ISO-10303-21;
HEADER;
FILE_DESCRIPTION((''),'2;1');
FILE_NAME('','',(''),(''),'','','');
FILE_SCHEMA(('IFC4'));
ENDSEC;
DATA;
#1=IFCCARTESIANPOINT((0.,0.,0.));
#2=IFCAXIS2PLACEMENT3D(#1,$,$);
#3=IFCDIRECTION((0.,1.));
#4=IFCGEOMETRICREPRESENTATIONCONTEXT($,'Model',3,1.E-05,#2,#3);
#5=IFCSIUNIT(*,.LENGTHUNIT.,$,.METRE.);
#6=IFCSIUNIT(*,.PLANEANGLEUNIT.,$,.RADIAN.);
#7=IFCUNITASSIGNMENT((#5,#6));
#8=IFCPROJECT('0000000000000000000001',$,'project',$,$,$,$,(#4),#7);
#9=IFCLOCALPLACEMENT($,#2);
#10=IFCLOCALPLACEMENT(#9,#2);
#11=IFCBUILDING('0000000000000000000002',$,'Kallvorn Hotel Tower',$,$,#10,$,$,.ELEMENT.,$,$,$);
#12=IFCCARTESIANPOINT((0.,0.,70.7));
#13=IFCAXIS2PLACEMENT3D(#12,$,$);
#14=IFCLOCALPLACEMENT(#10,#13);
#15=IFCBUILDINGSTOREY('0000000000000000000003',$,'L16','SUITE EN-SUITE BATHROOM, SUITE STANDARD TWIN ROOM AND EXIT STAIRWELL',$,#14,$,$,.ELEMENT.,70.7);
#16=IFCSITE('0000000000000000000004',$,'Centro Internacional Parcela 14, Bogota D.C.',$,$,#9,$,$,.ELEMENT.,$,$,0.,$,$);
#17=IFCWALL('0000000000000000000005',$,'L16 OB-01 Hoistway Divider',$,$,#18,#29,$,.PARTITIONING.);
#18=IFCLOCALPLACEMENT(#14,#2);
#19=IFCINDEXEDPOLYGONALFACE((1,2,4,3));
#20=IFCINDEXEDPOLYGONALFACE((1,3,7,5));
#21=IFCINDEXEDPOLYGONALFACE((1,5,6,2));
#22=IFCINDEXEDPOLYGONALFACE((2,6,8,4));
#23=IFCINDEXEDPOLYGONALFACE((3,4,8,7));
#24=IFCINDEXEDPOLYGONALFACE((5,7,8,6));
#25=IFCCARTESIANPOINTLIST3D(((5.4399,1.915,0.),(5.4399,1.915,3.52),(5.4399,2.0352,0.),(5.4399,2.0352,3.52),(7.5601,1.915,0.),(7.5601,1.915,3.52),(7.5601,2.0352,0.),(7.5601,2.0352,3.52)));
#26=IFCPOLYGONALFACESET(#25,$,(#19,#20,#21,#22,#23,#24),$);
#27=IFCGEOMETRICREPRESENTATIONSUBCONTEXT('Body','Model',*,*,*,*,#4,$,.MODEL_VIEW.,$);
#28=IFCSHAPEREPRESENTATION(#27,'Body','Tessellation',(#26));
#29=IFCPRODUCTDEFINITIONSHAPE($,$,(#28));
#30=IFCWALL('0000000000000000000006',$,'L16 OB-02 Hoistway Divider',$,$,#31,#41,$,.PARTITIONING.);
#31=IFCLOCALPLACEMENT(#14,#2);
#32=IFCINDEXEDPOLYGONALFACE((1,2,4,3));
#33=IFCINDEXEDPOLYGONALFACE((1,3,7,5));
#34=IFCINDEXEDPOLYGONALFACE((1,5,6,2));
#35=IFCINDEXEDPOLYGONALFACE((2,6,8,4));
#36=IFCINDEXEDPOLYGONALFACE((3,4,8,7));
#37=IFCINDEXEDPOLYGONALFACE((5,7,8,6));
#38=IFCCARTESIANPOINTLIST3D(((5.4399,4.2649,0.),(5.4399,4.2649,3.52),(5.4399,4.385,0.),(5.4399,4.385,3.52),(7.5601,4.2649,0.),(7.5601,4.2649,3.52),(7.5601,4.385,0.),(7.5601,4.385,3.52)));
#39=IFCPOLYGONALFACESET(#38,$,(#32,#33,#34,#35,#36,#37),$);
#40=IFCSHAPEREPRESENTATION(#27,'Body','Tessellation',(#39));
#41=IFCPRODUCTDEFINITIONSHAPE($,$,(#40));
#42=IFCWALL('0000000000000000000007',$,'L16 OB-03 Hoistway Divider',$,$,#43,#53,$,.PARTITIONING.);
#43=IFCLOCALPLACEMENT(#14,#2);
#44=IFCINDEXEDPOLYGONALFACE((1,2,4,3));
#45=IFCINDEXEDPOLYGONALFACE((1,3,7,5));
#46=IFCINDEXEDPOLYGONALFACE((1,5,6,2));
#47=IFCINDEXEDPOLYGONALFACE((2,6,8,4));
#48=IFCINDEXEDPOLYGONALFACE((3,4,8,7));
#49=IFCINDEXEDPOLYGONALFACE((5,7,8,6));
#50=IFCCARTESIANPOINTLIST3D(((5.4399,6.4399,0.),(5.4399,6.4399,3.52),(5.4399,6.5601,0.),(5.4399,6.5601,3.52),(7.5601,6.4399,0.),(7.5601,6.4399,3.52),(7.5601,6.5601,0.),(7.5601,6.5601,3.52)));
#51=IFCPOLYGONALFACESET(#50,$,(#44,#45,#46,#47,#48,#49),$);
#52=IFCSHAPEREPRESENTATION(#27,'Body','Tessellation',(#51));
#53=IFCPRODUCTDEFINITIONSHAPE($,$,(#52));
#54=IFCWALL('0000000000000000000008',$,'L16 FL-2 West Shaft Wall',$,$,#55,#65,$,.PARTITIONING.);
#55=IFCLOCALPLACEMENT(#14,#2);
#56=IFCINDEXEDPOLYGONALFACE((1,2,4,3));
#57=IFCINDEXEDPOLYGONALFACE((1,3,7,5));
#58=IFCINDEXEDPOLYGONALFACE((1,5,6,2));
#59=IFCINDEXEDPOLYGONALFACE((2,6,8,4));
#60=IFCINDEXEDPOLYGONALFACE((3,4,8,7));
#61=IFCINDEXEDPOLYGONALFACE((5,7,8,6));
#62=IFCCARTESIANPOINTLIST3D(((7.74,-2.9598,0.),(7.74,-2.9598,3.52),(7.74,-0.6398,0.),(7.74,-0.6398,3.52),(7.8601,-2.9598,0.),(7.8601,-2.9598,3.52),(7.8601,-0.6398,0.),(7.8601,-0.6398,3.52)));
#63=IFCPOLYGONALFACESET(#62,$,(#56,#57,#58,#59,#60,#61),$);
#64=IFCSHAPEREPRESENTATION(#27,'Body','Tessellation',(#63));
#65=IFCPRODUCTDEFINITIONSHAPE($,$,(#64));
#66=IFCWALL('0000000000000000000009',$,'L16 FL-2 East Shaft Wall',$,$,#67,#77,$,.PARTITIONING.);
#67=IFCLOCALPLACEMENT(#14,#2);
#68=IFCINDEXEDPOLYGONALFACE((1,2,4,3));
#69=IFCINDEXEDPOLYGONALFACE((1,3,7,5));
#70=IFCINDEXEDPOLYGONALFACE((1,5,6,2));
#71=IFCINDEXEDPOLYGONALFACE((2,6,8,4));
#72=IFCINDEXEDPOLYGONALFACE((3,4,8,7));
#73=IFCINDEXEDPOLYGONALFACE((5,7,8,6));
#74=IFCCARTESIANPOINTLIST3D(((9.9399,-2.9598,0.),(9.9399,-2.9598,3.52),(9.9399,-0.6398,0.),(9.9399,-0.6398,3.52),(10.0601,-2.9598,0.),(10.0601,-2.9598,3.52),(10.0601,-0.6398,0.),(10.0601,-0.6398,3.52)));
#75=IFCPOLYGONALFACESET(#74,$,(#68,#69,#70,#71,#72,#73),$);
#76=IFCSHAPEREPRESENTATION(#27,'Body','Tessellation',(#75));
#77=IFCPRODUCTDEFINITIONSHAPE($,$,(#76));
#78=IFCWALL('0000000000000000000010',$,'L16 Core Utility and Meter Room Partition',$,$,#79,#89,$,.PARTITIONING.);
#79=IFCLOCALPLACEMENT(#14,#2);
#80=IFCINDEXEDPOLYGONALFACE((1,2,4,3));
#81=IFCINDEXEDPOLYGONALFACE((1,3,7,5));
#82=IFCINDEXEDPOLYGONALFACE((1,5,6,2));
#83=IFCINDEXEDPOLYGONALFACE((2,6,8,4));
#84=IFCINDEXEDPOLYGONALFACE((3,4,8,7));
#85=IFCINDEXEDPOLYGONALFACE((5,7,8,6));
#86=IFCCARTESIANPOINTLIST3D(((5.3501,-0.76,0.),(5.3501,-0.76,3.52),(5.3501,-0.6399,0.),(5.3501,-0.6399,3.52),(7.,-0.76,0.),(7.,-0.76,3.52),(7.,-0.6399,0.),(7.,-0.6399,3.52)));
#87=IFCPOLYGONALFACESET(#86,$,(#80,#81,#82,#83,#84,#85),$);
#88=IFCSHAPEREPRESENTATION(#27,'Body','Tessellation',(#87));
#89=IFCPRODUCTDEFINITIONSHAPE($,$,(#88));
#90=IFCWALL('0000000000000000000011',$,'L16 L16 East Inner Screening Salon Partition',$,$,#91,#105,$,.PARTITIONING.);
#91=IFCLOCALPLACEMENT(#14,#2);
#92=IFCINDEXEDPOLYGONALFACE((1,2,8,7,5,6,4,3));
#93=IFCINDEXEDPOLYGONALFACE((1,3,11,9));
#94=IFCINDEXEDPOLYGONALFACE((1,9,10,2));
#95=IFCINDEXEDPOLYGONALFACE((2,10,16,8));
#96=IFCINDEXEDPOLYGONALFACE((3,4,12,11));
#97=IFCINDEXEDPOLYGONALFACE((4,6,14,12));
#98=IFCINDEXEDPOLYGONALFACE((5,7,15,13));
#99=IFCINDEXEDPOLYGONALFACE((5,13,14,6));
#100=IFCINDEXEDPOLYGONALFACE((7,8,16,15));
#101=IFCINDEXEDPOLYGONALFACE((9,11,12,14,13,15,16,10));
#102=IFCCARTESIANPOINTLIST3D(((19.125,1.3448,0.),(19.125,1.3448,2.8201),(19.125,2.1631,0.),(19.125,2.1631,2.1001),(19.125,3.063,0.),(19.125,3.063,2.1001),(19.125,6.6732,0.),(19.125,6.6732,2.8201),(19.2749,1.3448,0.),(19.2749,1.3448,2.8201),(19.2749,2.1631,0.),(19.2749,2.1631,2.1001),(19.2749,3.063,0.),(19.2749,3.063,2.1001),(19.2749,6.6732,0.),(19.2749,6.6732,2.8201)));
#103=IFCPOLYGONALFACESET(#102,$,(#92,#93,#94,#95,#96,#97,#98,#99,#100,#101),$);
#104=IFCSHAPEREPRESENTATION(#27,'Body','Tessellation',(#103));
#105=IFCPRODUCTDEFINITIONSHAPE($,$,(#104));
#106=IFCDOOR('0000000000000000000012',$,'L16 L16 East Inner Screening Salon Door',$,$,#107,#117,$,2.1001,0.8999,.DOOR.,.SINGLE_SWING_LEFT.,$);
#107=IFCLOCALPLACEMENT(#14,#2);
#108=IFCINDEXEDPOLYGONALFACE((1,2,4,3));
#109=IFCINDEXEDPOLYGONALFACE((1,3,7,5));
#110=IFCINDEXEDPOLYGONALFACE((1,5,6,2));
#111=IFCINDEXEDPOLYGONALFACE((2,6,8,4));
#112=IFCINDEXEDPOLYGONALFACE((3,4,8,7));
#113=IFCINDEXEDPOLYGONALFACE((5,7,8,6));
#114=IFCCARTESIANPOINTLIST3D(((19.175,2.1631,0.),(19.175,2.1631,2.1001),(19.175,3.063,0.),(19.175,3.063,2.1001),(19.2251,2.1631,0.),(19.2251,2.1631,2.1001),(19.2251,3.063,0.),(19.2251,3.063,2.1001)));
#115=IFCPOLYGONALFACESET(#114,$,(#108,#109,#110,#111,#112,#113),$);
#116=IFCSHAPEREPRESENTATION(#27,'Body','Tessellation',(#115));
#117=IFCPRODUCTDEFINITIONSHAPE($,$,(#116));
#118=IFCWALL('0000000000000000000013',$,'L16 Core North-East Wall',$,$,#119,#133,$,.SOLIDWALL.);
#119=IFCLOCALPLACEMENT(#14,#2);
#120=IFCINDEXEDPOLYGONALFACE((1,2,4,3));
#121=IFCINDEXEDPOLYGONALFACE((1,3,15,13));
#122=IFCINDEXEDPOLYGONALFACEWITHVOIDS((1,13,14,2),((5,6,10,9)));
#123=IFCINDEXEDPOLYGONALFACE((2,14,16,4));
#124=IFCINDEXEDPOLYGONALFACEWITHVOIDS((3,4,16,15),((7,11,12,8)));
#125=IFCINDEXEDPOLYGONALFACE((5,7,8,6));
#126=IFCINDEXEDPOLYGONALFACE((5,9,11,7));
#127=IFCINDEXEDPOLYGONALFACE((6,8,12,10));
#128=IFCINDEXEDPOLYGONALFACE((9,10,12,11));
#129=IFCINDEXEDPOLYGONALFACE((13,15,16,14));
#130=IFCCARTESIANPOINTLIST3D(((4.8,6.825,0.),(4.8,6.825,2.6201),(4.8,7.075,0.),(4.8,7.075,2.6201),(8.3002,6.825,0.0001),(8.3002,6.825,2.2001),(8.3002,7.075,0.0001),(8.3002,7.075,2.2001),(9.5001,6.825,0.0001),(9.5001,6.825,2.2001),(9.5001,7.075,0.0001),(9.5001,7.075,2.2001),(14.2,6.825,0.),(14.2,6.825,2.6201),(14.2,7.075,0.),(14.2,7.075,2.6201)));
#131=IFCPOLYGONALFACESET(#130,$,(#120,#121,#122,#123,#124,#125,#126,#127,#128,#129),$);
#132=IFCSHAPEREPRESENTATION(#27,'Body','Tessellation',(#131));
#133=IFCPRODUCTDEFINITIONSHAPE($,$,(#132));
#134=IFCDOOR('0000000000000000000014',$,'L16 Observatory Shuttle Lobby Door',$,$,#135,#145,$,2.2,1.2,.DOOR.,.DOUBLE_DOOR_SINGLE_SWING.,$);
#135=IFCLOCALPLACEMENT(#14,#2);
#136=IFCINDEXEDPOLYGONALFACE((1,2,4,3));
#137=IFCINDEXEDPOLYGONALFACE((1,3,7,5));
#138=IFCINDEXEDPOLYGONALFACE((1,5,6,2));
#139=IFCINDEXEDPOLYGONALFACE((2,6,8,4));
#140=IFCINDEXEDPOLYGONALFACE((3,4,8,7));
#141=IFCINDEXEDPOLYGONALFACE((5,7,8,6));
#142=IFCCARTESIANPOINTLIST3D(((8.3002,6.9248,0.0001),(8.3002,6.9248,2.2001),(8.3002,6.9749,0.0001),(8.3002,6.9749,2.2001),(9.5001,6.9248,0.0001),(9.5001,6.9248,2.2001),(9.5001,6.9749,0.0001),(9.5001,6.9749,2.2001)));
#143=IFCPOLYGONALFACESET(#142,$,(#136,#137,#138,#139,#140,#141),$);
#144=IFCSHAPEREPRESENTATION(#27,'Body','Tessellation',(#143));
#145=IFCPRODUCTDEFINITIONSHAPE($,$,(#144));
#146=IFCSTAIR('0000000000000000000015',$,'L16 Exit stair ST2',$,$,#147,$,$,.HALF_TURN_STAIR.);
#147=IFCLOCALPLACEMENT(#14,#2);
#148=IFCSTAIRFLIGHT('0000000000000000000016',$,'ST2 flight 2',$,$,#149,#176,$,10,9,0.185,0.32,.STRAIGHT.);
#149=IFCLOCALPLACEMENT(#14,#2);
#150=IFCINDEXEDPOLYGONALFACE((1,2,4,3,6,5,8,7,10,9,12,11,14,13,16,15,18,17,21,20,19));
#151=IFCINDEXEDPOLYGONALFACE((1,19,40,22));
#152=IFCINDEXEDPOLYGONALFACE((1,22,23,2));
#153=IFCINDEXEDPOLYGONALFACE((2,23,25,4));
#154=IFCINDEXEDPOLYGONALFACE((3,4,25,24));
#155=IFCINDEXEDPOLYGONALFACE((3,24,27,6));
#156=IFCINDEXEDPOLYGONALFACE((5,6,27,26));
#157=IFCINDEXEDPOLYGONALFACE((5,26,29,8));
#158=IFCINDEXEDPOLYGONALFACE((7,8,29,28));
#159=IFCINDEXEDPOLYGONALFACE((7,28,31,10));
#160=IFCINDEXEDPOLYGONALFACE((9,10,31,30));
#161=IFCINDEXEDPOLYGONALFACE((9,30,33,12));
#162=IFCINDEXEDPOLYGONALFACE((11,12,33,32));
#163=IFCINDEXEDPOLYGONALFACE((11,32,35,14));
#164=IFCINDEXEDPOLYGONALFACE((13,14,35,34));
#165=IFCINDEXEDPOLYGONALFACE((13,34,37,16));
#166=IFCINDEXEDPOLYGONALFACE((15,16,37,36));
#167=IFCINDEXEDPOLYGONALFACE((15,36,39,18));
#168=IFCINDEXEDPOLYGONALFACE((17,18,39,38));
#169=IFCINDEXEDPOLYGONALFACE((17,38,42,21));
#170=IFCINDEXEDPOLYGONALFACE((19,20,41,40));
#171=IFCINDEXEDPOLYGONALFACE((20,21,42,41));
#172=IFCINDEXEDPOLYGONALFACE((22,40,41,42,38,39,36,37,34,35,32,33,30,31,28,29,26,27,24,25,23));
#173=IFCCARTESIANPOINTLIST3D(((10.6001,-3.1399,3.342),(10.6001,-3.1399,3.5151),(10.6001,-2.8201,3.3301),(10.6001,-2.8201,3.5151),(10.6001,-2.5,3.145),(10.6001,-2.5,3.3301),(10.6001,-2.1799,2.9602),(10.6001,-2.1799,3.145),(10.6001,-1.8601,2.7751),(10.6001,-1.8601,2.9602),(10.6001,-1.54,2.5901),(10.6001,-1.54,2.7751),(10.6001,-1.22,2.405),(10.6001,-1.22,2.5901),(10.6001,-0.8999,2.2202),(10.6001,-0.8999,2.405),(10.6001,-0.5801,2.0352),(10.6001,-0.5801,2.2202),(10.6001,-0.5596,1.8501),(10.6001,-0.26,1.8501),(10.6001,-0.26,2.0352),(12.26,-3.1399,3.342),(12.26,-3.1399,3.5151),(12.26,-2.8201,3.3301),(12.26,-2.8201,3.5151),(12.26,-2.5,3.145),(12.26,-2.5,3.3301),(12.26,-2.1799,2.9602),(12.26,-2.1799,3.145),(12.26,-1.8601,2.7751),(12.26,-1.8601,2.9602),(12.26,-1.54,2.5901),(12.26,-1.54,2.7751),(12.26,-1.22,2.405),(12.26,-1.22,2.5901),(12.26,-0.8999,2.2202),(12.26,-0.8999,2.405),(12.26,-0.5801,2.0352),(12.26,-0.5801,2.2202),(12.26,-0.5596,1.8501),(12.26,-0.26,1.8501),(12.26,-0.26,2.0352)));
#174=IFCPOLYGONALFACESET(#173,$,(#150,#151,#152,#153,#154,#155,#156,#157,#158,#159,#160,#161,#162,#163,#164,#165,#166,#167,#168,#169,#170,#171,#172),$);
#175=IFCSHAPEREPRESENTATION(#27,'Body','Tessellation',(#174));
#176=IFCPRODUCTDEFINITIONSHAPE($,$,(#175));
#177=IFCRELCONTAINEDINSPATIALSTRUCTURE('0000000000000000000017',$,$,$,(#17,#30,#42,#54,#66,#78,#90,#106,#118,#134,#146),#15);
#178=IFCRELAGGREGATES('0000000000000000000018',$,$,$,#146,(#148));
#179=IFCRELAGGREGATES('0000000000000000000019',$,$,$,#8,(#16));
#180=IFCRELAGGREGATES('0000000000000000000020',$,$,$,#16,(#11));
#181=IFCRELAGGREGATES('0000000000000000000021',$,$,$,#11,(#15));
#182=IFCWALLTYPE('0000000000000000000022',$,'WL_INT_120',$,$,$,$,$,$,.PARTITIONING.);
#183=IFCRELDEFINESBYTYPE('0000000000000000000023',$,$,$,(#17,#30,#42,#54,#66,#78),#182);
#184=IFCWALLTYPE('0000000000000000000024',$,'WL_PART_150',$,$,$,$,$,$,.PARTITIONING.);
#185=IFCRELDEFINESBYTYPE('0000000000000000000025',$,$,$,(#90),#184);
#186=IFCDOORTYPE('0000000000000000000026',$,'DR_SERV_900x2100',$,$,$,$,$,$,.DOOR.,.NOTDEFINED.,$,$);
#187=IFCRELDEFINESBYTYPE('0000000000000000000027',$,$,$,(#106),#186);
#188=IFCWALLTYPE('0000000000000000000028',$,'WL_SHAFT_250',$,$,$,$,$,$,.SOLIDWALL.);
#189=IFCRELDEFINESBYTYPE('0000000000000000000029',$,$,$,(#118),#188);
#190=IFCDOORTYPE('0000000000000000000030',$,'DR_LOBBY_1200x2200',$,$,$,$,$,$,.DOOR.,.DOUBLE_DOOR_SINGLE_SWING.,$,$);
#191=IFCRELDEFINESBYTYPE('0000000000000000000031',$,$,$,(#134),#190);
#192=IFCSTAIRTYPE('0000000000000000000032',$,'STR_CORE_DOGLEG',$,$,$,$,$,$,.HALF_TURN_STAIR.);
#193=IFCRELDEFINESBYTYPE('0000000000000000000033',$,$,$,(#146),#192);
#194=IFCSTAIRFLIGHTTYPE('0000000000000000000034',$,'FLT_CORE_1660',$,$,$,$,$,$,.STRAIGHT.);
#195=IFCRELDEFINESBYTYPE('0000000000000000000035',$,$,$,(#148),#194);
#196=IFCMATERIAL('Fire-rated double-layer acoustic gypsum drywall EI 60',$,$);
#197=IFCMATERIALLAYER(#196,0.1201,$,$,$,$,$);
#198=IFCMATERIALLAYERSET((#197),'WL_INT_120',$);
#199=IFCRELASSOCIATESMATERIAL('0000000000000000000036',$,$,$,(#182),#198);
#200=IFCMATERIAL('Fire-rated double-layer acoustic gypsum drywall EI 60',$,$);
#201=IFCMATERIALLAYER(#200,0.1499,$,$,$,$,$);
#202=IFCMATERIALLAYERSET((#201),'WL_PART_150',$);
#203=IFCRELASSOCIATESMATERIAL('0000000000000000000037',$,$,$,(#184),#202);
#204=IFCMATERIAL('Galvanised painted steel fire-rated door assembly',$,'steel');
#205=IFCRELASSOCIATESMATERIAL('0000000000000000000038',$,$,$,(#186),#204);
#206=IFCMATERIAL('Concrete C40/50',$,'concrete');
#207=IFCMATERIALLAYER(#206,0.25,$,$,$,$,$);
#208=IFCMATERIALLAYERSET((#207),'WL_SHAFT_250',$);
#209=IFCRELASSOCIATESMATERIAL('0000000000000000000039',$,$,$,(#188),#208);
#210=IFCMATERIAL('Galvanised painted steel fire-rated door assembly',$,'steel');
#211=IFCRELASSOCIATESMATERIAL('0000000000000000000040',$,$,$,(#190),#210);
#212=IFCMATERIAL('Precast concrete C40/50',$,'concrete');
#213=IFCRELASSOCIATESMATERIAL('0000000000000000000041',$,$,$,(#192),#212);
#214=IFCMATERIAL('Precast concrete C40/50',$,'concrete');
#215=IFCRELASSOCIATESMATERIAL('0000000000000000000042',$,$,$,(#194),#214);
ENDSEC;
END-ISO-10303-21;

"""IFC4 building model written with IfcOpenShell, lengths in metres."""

from ifc_helpers import new_model, si_unit, direction, frame, frame_2d, origin, place, context, subcontext, project, spatial, polyline, rectangle, outline, extrude, material, layer, layer_set, type_object, element, fill, aggregate, save


model = new_model("IFC4")

# Units and contexts
model_context = context("Model", 3, precision=1e-05, world=origin(), true_north=direction((0.0, 1.0)))
body_context = subcontext(model_context, "Body", "Model", "MODEL_VIEW")
ifc_project = project(units=[si_unit("LENGTHUNIT", "METRE"), si_unit("PLANEANGLEUNIT", "RADIAN")], contexts=[model_context])

# Site, building, storey
site_placement = place(None, origin())
site = spatial("IfcSite", under=ifc_project, at=site_placement, Name="Centro Internacional Parcela 14, Bogota D.C.", CompositionType="ELEMENT", RefElevation=0.0)
building_placement = place(site_placement, origin())
building = spatial("IfcBuilding", under=site, at=building_placement, Name="Kallvorn Hotel Tower", CompositionType="ELEMENT")
storey_placement = place(building_placement, frame((0.0, 0.0, 70.7)))
storey = spatial("IfcBuildingStorey", under=building, at=storey_placement, Name="L16", Description="SUITE EN-SUITE BATHROOM, SUITE STANDARD TWIN ROOM AND EXIT STAIRWELL", CompositionType="ELEMENT", Elevation=70.7)

# Walls
ifc_material_1 = material(Name="Fire-rated double-layer acoustic gypsum drywall EI 60")
ifc_layer_1 = layer(ifc_material_1, 0.1201)
ifc_layer_set_1 = layer_set([ifc_layer_1], Name="WL_INT_120")
wall_type_1 = type_object("IfcWallType", Name="WL_INT_120", PredefinedType="PARTITIONING", material=ifc_layer_set_1)
for number, where, z_axis, x_axis, name in (
    (1, (5.4399, 1.9751, 0.0), (0.0, 0.0, 1.0), (1.0, 0.0, 0.0), "L16 OB-01 Hoistway Divider"),
    (2, (5.4399, 4.325, 0.0), (0.0, 0.0, 1.0), (1.0, 0.0, 0.0), "L16 OB-02 Hoistway Divider"),
    (3, (5.4399, 6.5, 0.0), (0.0, 0.0, 1.0), (1.0, 0.0, 0.0), "L16 OB-03 Hoistway Divider"),
):
    element("IfcWall", number, at=place(storey_placement, frame(where, z_axis=z_axis, x_axis=x_axis)), inside=storey, type_object=wall_type_1, Name=name, PredefinedType="PARTITIONING", context=body_context, shape_type="SweptSolid", body=[
        extrude(rectangle(XDim=2.1201, YDim=0.1201, at=frame_2d((1.0601, 0.0))), origin(), (0.0, 0.0, 1.0), 3.52),
    ])
for number, where, z_axis, x_axis, name in (
    (4, (7.8, -2.96, 0.0), (0.0, 0.0, 1.0), (0.0, 1.0, 0.0), "L16 FL-2 West Shaft Wall"),
    (5, (10.0, -2.96, 0.0), (0.0, 0.0, 1.0), (0.0, 1.0, 0.0), "L16 FL-2 East Shaft Wall"),
):
    element("IfcWall", number, at=place(storey_placement, frame(where, z_axis=z_axis, x_axis=x_axis)), inside=storey, type_object=wall_type_1, Name=name, PredefinedType="PARTITIONING", context=body_context, shape_type="SweptSolid", body=[
        extrude(rectangle(XDim=2.3201, YDim=0.1201, at=frame_2d((1.1602, 0.0))), origin(), (0.0, 0.0, 1.0), 3.52),
    ])
wall_1_placement = place(storey_placement, frame((5.3501, -0.7, 0.0), z_axis=(0.0, 0.0, 1.0), x_axis=(1.0, 0.0, 0.0)))
element("IfcWall", 6, at=wall_1_placement, inside=storey, type_object=wall_type_1, Name="L16 Core Utility and Meter Room Partition", PredefinedType="PARTITIONING", context=body_context, shape_type="SweptSolid", body=[
    extrude(rectangle(XDim=1.6499, YDim=0.1201, at=frame_2d((0.825, 0.0))), origin(), (0.0, 0.0, 1.0), 3.52),
])

# Walls, openings, doors
ifc_material_2 = material(Name="Fire-rated double-layer acoustic gypsum drywall EI 60")
ifc_layer_2 = layer(ifc_material_2, 0.1499)
ifc_layer_set_2 = layer_set([ifc_layer_2], Name="WL_PART_150")
wall_type_2 = type_object("IfcWallType", Name="WL_PART_150", PredefinedType="PARTITIONING", material=ifc_layer_set_2)
wall_2_placement = place(storey_placement, frame((19.2, 1.345, 0.0), z_axis=(0.0, 0.0, 1.0), x_axis=(0.0, 1.0, 0.0)))
wall_2 = element("IfcWall", 7, at=wall_2_placement, inside=storey, type_object=wall_type_2, Name="L16 L16 East Inner Screening Salon Partition", PredefinedType="PARTITIONING", context=body_context, shape_type="SweptSolid", body=[
    extrude(rectangle(XDim=5.3284, YDim=0.1499, at=frame_2d((2.6641, 0.0))), origin(), (0.0, 0.0, 1.0), 2.8201),
])
opening_1_placement = place(wall_2_placement, frame((0.8181, 0.0, 0.0)))
opening_1 = element("IfcOpeningElement", 8, at=opening_1_placement, cuts=wall_2, PredefinedType="OPENING", context=body_context, shape_type="SweptSolid", body=[
    extrude(rectangle(XDim=0.8999, YDim=2.1001, at=frame_2d((0.45, 1.05))), frame((0.0, 0.0898, 0.0), z_axis=(0.0, -1.0, 0.0), x_axis=(1.0, 0.0, 0.0)), (0.0, 0.0, 1.0), 0.1799),
])
ifc_material_3 = material(Name="Galvanised painted steel fire-rated door assembly", Category="steel")
door_type_1 = type_object("IfcDoorType", Name="DR_SERV_900x2100", OperationType="NOTDEFINED", PredefinedType="DOOR", material=ifc_material_3)
door_1_placement = place(opening_1_placement, origin())
door_1 = element("IfcDoor", 9, at=door_1_placement, inside=storey, type_object=door_type_1, Name="L16 L16 East Inner Screening Salon Door", OperationType="SINGLE_SWING_LEFT", OverallHeight=2.1001, OverallWidth=0.8999, PredefinedType="DOOR", context=body_context, shape_type="SweptSolid", body=[
    extrude(rectangle(XDim=0.8999, YDim=2.1001, at=frame_2d((0.45, 1.05))), frame((0.0, 0.0249, 0.0), z_axis=(0.0, -1.0, 0.0), x_axis=(1.0, 0.0, 0.0)), (0.0, 0.0, 1.0), 0.05),
])
fill(opening_1, door_1)
ifc_material_4 = material(Name="Concrete C40/50", Category="concrete")
ifc_layer_3 = layer(ifc_material_4, 0.25)
ifc_layer_set_3 = layer_set([ifc_layer_3], Name="WL_SHAFT_250")
wall_type_3 = type_object("IfcWallType", Name="WL_SHAFT_250", PredefinedType="SOLIDWALL", material=ifc_layer_set_3)
wall_3_placement = place(storey_placement, frame((4.8, 6.95, 0.0), z_axis=(0.0, 0.0, 1.0), x_axis=(1.0, 0.0, 0.0)))
wall_3 = element("IfcWall", 10, at=wall_3_placement, inside=storey, type_object=wall_type_3, Name="L16 Core North-East Wall", PredefinedType="SOLIDWALL", context=body_context, shape_type="SweptSolid", body=[
    extrude(rectangle(XDim=9.3999, YDim=0.25, at=frame_2d((4.7, 0.0))), origin(), (0.0, 0.0, 1.0), 2.6201),
])
opening_2_placement = place(wall_3_placement, frame((3.5, 0.0, 0.0)))
opening_2 = element("IfcOpeningElement", 11, at=opening_2_placement, cuts=wall_3, PredefinedType="OPENING", context=body_context, shape_type="SweptSolid", body=[
    extrude(rectangle(XDim=1.2, YDim=2.2, at=frame_2d((0.6001, 1.1001))), frame((0.0, 0.1399, 0.0), z_axis=(0.0, -1.0, 0.0), x_axis=(1.0, 0.0, 0.0)), (0.0, 0.0, 1.0), 0.28),
])
ifc_material_5 = material(Name="Galvanised painted steel fire-rated door assembly", Category="steel")
door_type_2 = type_object("IfcDoorType", Name="DR_LOBBY_1200x2200", OperationType="DOUBLE_DOOR_SINGLE_SWING", PredefinedType="DOOR", material=ifc_material_5)
door_2_placement = place(opening_2_placement, origin())
door_2 = element("IfcDoor", 12, at=door_2_placement, inside=storey, type_object=door_type_2, Name="L16 Observatory Shuttle Lobby Door", OperationType="DOUBLE_DOOR_SINGLE_SWING", OverallHeight=2.2, OverallWidth=1.2, PredefinedType="DOOR", context=body_context, shape_type="SweptSolid", body=[
    extrude(rectangle(XDim=1.2, YDim=2.2, at=frame_2d((0.6001, 1.1001))), frame((0.0, 0.0249, 0.0), z_axis=(0.0, -1.0, 0.0), x_axis=(1.0, 0.0, 0.0)), (0.0, 0.0, 1.0), 0.05),
])
fill(opening_2, door_2)

# Stair, stair flight
ifc_material_6 = material(Name="Precast concrete C40/50", Category="concrete")
stair_type = type_object("IfcStairType", Name="STR_CORE_DOGLEG", PredefinedType="HALF_TURN_STAIR", material=ifc_material_6)
stair_1_placement = place(storey_placement, origin())
stair_1 = element("IfcStair", 13, at=stair_1_placement, inside=storey, type_object=stair_type, Name="L16 Exit stair ST2", PredefinedType="HALF_TURN_STAIR")
ifc_material_7 = material(Name="Precast concrete C40/50", Category="concrete")
stair_flight_type = type_object("IfcStairFlightType", Name="FLT_CORE_1660", PredefinedType="STRAIGHT", material=ifc_material_7)
stair_flight_1_placement = place(storey_placement, frame((11.4299, -0.26, 1.8501), z_axis=(0.0, 0.0, 1.0), x_axis=(0.0, -1.0, 0.0)))
stair_flight_1 = element("IfcStairFlight", 14, at=stair_flight_1_placement, type_object=stair_flight_type, Name="ST2 flight 2", NumberOfRisers=10, NumberOfTreads=9, PredefinedType="STRAIGHT", RiserHeight=0.185, TreadLength=0.32, context=body_context, shape_type="SweptSolid", body=[
    extrude(outline(polyline([(0.0, 0.0), (0.0, 0.1851), (0.3201, 0.1851), (0.3201, 0.3701), (0.6399, 0.3701), (0.6399, 0.5549), (0.96, 0.5549), (0.96, 0.74), (1.28, 0.74), (1.28, 0.925), (1.6001, 0.925), (1.6001, 1.1101), (1.9199, 1.1101), (1.9199, 1.2949), (2.24, 1.2949), (2.24, 1.48), (2.5601, 1.48), (2.5601, 1.665), (2.8799, 1.665), (2.8799, 1.8501), (2.8799, 1.4919), (0.2996, 0.0), (0.0, 0.0)])), frame((0.0, 0.8301, 0.0), z_axis=(0.0, -1.0, 0.0), x_axis=(1.0, 0.0, 0.0)), (0.0, 0.0, 1.0), 1.6599),
])
aggregate(stair_1, [stair_flight_1])

save(model, "model.ifc")
